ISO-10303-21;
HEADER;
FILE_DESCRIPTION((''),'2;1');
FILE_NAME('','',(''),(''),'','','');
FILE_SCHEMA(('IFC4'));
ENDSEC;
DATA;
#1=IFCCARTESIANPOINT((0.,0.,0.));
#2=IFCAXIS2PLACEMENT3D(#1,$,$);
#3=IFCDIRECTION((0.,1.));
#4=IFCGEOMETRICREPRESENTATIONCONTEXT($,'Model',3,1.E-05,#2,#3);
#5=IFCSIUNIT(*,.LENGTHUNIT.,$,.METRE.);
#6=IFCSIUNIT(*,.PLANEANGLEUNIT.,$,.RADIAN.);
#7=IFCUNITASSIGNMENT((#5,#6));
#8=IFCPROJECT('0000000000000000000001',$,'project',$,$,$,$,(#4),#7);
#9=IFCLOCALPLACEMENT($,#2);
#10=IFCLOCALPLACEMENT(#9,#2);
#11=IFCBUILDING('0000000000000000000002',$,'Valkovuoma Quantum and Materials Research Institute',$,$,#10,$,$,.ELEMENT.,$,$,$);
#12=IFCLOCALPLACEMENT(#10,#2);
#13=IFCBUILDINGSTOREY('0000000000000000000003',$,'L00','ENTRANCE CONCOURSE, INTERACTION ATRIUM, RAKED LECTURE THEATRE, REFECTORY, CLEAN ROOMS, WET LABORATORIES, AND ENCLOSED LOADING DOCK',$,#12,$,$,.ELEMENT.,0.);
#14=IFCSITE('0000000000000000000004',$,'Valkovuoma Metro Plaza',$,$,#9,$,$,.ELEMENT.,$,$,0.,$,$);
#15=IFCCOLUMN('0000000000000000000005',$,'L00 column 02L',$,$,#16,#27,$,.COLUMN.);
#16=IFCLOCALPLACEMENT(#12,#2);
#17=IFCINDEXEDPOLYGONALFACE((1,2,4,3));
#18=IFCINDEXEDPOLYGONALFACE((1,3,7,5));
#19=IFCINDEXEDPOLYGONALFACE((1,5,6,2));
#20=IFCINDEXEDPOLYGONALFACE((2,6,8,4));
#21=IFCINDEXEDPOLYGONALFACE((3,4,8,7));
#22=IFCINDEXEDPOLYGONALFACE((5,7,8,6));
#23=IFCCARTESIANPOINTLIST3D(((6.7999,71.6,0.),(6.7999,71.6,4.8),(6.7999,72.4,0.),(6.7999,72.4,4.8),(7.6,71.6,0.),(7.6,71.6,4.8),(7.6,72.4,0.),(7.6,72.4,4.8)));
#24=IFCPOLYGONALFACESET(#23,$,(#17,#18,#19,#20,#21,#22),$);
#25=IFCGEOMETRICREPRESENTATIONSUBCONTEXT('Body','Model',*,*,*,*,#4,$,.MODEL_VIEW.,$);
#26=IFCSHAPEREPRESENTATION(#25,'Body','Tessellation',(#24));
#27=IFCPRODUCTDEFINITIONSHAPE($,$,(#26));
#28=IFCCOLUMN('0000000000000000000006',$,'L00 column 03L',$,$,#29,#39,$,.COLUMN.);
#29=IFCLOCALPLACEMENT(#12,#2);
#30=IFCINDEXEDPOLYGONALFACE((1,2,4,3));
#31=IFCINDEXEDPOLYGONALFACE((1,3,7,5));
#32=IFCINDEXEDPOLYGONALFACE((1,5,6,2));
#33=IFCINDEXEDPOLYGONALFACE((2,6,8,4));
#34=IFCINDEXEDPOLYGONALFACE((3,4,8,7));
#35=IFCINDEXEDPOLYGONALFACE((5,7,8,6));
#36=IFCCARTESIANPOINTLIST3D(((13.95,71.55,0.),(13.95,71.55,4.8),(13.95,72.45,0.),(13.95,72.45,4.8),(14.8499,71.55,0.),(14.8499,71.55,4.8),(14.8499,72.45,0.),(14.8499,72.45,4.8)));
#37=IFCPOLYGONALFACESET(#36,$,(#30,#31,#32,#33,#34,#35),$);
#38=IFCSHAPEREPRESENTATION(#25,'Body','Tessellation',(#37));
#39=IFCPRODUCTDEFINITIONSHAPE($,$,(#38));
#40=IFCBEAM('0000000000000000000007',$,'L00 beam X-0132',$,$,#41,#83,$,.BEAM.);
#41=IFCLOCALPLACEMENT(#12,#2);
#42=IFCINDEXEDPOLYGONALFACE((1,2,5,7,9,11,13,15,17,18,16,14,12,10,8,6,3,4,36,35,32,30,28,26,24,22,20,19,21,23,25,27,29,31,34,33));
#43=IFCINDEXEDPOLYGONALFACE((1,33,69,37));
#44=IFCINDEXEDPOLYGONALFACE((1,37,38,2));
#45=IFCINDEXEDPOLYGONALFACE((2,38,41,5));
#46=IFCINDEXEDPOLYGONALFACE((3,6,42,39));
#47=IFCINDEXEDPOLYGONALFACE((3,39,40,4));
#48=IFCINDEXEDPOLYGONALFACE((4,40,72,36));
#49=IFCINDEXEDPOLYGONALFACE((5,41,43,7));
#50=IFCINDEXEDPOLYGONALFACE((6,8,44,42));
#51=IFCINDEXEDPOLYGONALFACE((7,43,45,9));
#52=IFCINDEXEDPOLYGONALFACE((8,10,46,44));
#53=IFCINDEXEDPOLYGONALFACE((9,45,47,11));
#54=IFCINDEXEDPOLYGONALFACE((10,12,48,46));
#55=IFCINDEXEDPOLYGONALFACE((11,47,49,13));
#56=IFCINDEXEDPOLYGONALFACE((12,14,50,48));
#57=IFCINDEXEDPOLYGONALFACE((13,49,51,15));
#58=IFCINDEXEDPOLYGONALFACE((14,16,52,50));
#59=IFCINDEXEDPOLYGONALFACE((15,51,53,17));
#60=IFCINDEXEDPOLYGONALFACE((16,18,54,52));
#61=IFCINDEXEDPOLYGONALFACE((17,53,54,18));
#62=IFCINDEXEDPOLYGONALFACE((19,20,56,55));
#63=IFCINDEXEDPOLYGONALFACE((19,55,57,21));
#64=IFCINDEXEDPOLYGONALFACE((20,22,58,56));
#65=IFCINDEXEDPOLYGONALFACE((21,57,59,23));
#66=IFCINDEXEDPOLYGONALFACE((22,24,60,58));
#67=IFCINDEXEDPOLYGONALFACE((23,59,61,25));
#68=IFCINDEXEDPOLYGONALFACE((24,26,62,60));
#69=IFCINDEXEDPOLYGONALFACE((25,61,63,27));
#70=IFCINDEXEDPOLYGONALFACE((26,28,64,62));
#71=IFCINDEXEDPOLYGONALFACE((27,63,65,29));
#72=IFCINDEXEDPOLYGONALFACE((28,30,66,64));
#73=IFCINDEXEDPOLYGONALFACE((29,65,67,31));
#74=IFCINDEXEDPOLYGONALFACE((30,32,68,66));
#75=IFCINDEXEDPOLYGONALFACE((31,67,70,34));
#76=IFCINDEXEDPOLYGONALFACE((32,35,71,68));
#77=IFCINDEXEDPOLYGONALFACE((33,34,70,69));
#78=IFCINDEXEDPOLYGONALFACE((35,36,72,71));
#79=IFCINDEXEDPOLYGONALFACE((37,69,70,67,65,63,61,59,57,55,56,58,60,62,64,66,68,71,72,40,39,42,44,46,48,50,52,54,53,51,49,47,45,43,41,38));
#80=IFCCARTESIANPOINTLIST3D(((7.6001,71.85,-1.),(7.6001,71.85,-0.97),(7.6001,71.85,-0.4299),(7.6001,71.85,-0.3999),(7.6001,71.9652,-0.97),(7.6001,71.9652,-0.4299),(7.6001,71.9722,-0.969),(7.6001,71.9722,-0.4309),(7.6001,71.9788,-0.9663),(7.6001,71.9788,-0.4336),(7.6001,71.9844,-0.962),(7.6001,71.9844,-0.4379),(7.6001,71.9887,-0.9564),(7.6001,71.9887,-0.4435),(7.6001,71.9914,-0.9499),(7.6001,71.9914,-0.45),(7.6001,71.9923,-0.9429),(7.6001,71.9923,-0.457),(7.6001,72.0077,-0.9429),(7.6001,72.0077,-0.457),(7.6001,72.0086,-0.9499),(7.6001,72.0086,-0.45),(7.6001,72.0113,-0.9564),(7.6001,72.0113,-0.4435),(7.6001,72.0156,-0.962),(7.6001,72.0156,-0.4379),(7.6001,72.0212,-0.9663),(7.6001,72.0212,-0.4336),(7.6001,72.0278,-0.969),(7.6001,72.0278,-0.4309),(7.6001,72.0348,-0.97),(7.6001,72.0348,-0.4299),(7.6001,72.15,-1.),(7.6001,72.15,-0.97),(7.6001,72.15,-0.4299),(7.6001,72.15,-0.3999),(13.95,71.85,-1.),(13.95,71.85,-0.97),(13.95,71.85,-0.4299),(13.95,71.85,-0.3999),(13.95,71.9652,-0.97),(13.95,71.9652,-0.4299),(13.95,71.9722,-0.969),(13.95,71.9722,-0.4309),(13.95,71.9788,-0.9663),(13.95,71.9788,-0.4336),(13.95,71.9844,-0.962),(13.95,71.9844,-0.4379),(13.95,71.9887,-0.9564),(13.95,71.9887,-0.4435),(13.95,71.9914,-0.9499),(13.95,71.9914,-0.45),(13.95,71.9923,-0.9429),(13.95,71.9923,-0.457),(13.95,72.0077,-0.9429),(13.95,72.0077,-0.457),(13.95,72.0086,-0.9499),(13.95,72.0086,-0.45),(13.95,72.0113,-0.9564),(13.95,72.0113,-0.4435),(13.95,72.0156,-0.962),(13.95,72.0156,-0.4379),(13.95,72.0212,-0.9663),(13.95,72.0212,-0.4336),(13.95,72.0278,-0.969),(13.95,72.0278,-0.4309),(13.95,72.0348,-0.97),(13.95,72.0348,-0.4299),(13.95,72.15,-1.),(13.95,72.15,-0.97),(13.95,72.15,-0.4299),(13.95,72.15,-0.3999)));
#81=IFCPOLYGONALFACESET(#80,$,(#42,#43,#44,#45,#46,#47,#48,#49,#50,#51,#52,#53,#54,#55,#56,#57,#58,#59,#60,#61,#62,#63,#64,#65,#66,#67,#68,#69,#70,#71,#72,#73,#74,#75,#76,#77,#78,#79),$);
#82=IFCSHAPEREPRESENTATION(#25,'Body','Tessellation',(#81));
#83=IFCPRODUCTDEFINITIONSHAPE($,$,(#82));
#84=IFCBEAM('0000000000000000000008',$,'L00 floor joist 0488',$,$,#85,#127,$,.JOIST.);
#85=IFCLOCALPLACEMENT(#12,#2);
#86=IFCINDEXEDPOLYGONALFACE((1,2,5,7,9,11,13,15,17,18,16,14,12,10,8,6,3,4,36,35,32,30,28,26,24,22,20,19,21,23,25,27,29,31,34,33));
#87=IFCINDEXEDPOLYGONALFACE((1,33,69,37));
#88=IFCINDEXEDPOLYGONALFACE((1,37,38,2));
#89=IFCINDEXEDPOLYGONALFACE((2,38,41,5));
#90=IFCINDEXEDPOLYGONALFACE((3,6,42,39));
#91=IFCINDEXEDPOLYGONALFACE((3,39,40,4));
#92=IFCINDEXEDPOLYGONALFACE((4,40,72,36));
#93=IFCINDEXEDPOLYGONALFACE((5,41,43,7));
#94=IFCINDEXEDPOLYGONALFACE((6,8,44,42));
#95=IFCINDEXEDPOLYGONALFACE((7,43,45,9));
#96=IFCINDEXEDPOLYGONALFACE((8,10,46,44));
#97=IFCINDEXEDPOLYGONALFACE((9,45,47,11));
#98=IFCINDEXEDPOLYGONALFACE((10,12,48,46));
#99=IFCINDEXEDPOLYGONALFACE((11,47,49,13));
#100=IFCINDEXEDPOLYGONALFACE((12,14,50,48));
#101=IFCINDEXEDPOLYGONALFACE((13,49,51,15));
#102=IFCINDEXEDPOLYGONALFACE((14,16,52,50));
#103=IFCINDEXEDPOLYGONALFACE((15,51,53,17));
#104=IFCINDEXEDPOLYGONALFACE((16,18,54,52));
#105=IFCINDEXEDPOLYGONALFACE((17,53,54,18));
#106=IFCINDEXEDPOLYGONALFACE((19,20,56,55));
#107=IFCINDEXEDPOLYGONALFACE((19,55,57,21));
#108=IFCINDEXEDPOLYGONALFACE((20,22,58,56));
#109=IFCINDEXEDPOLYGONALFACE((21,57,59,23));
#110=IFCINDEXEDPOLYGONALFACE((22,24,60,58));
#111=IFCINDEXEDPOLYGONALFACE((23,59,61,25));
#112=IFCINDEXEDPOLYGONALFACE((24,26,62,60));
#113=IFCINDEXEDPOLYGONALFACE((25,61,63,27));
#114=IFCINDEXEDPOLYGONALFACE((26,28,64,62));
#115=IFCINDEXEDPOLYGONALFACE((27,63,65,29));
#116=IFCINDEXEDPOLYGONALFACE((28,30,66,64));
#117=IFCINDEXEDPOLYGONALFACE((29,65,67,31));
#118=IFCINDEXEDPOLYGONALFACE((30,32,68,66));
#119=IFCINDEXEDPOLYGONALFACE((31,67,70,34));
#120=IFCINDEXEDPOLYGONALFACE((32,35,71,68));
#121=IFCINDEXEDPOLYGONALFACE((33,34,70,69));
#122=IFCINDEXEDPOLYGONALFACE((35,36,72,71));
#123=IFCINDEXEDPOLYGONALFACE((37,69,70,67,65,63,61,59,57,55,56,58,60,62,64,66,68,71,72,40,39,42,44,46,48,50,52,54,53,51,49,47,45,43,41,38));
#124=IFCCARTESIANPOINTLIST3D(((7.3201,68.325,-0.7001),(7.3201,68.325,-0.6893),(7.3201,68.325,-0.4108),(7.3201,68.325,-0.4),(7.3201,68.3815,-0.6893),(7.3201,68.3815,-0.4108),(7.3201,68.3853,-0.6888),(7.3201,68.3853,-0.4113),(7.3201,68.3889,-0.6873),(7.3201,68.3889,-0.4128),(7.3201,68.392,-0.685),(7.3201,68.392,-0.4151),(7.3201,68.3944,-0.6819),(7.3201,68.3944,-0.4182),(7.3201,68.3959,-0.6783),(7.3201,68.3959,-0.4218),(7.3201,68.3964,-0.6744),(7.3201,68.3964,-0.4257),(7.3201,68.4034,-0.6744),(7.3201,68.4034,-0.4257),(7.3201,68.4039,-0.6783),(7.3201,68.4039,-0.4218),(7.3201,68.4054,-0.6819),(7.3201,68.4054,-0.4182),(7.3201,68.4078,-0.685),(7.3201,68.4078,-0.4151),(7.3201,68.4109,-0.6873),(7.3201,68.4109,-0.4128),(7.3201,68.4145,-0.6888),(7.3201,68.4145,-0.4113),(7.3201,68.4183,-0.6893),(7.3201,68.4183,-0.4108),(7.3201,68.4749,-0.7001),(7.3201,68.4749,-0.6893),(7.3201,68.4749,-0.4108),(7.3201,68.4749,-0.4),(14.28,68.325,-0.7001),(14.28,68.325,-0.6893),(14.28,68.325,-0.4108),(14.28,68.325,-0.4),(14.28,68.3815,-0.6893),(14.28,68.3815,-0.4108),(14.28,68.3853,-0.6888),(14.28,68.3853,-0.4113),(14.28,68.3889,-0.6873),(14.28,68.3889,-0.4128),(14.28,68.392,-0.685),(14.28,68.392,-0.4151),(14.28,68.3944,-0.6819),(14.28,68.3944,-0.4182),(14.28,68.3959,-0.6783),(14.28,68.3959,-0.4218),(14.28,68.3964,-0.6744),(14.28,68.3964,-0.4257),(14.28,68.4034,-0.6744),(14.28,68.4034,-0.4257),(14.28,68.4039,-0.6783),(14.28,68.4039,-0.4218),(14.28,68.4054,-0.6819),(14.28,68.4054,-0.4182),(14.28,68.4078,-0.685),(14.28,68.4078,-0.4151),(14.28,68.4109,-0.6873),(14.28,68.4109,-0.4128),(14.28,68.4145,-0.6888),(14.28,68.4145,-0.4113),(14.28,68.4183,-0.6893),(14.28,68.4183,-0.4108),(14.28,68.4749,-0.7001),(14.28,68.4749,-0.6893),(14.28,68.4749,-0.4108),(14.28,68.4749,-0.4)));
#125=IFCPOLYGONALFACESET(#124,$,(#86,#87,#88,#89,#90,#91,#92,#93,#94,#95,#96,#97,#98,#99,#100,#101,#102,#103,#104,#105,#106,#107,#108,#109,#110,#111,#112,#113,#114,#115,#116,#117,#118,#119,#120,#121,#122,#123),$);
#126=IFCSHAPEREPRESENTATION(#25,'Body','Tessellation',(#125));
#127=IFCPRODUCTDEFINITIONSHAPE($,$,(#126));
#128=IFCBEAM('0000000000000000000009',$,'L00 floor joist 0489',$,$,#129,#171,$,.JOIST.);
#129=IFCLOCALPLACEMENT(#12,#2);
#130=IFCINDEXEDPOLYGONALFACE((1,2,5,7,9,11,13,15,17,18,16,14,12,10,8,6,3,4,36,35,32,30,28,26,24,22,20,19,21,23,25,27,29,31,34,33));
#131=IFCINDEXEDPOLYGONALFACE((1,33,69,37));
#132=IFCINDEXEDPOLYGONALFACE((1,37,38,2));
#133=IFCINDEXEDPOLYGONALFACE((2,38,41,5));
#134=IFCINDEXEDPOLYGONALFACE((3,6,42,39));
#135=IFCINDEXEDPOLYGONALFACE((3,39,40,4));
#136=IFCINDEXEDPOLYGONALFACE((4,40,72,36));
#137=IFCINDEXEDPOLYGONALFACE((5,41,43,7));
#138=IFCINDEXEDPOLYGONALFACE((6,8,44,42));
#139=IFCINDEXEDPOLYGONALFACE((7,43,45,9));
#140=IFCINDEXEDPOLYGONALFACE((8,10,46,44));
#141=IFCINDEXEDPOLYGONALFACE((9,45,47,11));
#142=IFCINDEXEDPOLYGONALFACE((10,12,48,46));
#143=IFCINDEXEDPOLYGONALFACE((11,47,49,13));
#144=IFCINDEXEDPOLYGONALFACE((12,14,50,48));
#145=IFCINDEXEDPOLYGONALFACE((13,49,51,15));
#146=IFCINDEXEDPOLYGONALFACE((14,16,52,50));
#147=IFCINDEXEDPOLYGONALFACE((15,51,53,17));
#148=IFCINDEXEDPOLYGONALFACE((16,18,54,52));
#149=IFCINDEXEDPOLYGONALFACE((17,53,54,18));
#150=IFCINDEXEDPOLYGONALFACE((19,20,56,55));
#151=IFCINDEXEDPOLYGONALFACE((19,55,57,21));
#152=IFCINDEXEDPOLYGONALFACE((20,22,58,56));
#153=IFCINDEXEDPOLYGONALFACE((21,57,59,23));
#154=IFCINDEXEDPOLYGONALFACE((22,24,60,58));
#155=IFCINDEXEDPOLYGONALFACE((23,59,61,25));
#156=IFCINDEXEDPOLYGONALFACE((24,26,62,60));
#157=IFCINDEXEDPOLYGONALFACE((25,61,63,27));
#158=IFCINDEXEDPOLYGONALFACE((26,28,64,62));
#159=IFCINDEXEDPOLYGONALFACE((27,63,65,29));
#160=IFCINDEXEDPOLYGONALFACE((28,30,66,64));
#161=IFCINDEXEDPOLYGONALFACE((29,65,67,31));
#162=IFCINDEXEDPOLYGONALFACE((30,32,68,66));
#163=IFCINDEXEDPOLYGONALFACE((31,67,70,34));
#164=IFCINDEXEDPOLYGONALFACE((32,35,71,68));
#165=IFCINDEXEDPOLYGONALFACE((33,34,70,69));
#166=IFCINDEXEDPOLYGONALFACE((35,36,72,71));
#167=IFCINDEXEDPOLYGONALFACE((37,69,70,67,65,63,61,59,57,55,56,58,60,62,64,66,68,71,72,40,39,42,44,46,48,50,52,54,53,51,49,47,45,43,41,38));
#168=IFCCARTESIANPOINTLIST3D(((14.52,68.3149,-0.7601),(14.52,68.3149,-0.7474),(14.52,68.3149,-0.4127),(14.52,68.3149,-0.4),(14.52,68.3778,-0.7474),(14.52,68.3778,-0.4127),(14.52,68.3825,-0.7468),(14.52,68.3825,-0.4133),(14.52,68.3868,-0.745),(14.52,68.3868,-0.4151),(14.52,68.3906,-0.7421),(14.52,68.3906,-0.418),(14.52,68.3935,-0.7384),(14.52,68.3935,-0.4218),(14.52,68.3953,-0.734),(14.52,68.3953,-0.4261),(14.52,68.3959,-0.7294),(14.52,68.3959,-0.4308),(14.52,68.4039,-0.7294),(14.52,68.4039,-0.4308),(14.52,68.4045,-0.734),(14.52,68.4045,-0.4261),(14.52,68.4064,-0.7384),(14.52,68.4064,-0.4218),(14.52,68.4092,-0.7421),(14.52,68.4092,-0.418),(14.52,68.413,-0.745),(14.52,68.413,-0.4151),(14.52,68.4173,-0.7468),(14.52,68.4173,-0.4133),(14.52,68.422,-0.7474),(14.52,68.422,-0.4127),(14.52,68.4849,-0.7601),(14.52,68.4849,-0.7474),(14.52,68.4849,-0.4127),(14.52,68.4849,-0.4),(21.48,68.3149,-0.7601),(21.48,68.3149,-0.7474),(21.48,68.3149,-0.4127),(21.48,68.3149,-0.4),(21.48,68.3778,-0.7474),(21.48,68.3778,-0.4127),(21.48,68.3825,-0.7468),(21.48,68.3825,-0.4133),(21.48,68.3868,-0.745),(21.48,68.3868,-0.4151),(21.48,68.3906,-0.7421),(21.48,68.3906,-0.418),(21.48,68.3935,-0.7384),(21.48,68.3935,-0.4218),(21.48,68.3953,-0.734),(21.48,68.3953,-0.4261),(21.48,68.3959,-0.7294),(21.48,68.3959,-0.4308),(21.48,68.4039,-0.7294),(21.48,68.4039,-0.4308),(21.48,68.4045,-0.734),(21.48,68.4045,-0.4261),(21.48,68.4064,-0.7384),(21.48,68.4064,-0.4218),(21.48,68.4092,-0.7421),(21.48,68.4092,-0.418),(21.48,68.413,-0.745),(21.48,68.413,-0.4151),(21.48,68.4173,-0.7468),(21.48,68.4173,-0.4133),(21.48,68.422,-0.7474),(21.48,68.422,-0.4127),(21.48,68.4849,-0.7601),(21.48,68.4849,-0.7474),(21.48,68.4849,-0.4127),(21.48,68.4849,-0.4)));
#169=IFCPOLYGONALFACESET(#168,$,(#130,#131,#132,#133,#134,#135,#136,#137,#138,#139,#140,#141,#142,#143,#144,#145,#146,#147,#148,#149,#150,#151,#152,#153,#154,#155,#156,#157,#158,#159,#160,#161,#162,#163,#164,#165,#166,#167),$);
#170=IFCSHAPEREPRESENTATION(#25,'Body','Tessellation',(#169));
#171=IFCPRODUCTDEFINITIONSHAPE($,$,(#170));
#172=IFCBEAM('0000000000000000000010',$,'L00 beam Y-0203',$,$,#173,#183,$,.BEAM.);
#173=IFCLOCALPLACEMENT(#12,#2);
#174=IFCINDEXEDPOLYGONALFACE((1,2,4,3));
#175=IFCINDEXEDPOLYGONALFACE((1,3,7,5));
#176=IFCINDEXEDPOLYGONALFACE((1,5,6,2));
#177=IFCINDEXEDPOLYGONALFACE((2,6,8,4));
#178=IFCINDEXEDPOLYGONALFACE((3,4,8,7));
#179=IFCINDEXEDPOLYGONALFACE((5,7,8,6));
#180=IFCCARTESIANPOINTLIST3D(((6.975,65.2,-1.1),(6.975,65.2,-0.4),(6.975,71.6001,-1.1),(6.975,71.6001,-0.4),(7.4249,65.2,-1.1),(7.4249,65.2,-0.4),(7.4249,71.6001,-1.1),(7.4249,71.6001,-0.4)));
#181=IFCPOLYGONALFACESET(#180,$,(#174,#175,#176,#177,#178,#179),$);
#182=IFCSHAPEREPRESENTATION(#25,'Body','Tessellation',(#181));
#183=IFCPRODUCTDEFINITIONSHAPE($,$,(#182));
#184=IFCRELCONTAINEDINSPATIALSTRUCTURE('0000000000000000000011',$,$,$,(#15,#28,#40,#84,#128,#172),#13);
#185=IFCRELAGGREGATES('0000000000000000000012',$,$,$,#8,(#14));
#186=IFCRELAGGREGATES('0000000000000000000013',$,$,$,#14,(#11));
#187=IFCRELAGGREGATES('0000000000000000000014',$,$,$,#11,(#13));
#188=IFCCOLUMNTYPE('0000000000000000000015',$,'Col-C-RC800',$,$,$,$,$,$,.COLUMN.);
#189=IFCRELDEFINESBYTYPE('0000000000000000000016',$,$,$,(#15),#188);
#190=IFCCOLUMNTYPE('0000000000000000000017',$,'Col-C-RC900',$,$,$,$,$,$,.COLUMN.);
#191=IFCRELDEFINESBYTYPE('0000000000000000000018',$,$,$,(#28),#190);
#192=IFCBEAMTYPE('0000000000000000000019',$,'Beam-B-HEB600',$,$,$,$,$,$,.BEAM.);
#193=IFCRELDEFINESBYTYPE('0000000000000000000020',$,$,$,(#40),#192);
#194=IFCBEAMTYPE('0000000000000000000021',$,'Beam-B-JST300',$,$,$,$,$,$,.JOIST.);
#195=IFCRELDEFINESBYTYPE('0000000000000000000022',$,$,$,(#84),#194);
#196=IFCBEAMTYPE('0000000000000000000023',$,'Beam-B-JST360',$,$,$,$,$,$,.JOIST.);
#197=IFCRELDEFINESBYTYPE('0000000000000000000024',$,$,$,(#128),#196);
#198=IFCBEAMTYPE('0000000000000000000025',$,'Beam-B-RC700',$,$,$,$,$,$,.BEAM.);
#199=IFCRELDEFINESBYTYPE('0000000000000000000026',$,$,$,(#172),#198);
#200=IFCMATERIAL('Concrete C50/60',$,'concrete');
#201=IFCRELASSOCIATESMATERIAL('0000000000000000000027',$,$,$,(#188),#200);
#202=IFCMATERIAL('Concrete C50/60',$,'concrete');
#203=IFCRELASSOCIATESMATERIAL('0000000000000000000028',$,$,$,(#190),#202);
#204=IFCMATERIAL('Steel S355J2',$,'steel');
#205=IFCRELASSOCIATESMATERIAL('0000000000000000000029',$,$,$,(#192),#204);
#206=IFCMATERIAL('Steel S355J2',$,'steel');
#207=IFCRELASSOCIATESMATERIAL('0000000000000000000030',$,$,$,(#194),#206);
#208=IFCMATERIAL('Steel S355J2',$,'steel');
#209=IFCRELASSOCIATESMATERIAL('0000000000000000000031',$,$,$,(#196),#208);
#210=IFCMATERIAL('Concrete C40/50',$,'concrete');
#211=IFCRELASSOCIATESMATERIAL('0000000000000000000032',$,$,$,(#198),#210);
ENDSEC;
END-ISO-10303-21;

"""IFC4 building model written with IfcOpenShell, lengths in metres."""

from ifc_helpers import new_model, si_unit, direction, frame, origin, origin_2d, place, context, subcontext, project, spatial, rectangle, i_section, extrude, material, material_profile, profile_set, type_object, element, save


model = new_model("IFC4")

# Units and contexts
model_context = context("Model", 3, precision=1e-05, world=origin(), true_north=direction((0.0, 1.0)))
body_context = subcontext(model_context, "Body", "Model", "MODEL_VIEW")
ifc_project = project(units=[si_unit("LENGTHUNIT", "METRE"), si_unit("PLANEANGLEUNIT", "RADIAN")], contexts=[model_context])

# Site, building, storey
site_placement = place(None, origin())
site = spatial("IfcSite", under=ifc_project, at=site_placement, Name="Valkovuoma Metro Plaza", CompositionType="ELEMENT", RefElevation=0.0)
building_placement = place(site_placement, origin())
building = spatial("IfcBuilding", under=site, at=building_placement, Name="Valkovuoma Quantum and Materials Research Institute", CompositionType="ELEMENT")
storey_placement = place(building_placement, origin())
storey = spatial("IfcBuildingStorey", under=building, at=storey_placement, Name="L00", Description="ENTRANCE CONCOURSE, INTERACTION ATRIUM, RAKED LECTURE THEATRE, REFECTORY, CLEAN ROOMS, WET LABORATORIES, AND ENCLOSED LOADING DOCK", CompositionType="ELEMENT", Elevation=0.0)

# Columns
ifc_material_1 = material(Name="Concrete C50/60", Category="concrete")
ifc_material_profile_1 = material_profile(ifc_material_1, rectangle(XDim=0.8, YDim=0.8, at=origin_2d()), Name="Concrete C50/60")
ifc_profile_set_1 = profile_set([ifc_material_profile_1], Name="Concrete C50/60")
column_type_1 = type_object("IfcColumnType", Name="Col-C-RC800", PredefinedType="COLUMN", material=ifc_profile_set_1)
column_1_placement = place(storey_placement, frame((7.2, 72.0, 0.0), z_axis=(0.0, 0.0, 1.0), x_axis=(1.0, 0.0, 0.0)))
element("IfcColumn", 1, at=column_1_placement, inside=storey, type_object=column_type_1, Name="L00 column 02L", PredefinedType="COLUMN", context=body_context, shape_type="SweptSolid", body=[
    extrude(rectangle(XDim=0.8, YDim=0.8, at=origin_2d()), origin(), (0.0, 0.0, 1.0), 4.8),
])
ifc_material_2 = material(Name="Concrete C50/60", Category="concrete")
ifc_material_profile_2 = material_profile(ifc_material_2, rectangle(XDim=0.8999, YDim=0.8999, at=origin_2d()), Name="Concrete C50/60")
ifc_profile_set_2 = profile_set([ifc_material_profile_2], Name="Concrete C50/60")
column_type_2 = type_object("IfcColumnType", Name="Col-C-RC900", PredefinedType="COLUMN", material=ifc_profile_set_2)
column_2_placement = place(storey_placement, frame((14.3999, 72.0, 0.0), z_axis=(0.0, 0.0, 1.0), x_axis=(1.0, 0.0, 0.0)))
element("IfcColumn", 2, at=column_2_placement, inside=storey, type_object=column_type_2, Name="L00 column 03L", PredefinedType="COLUMN", context=body_context, shape_type="SweptSolid", body=[
    extrude(rectangle(XDim=0.8999, YDim=0.8999, at=origin_2d()), origin(), (0.0, 0.0, 1.0), 4.8),
])

# Beams
ifc_material_3 = material(Name="Steel S355J2", Category="steel")
ifc_material_profile_3 = material_profile(ifc_material_3, i_section(OverallWidth=0.3, OverallDepth=0.6001, WebThickness=0.0154, FlangeThickness=0.03, FilletRadius=0.0271, at=origin_2d()), Name="Steel S355J2")
ifc_profile_set_3 = profile_set([ifc_material_profile_3], Name="Steel S355J2")
beam_type_1 = type_object("IfcBeamType", Name="Beam-B-HEB600", PredefinedType="BEAM", material=ifc_profile_set_3)
beam_1_placement = place(storey_placement, frame((7.6001, 72.0, -0.7), z_axis=(1.0, 0.0, 0.0), x_axis=(0.0, 1.0, 0.0)))
element("IfcBeam", 3, at=beam_1_placement, inside=storey, type_object=beam_type_1, Name="L00 beam X-0132", PredefinedType="BEAM", context=body_context, shape_type="SweptSolid", body=[
    extrude(i_section(OverallWidth=0.3, OverallDepth=0.6001, WebThickness=0.0154, FlangeThickness=0.03, FilletRadius=0.0271, at=origin_2d()), origin(), (0.0, 0.0, 1.0), 6.3499),
])
ifc_material_4 = material(Name="Steel S355J2", Category="steel")
ifc_material_profile_4 = material_profile(ifc_material_4, i_section(OverallWidth=0.1499, OverallDepth=0.3, WebThickness=0.0071, FlangeThickness=0.0107, FilletRadius=0.0149, at=origin_2d()), Name="Steel S355J2")
ifc_profile_set_4 = profile_set([ifc_material_profile_4], Name="Steel S355J2")
beam_type_2 = type_object("IfcBeamType", Name="Beam-B-JST300", PredefinedType="JOIST", material=ifc_profile_set_4)
beam_2_placement = place(storey_placement, frame((7.3201, 68.3999, -0.55), z_axis=(1.0, 0.0, 0.0), x_axis=(0.0, 1.0, 0.0)))
element("IfcBeam", 4, at=beam_2_placement, inside=storey, type_object=beam_type_2, Name="L00 floor joist 0488", PredefinedType="JOIST", context=body_context, shape_type="SweptSolid", body=[
    extrude(i_section(OverallWidth=0.1499, OverallDepth=0.3, WebThickness=0.0071, FlangeThickness=0.0107, FilletRadius=0.0149, at=origin_2d()), origin(), (0.0, 0.0, 1.0), 6.96),
])
ifc_material_5 = material(Name="Steel S355J2", Category="steel")
ifc_material_profile_5 = material_profile(ifc_material_5, i_section(OverallWidth=0.1699, OverallDepth=0.3601, WebThickness=0.0081, FlangeThickness=0.0127, FilletRadius=0.0181, at=origin_2d()), Name="Steel S355J2")
ifc_profile_set_5 = profile_set([ifc_material_profile_5], Name="Steel S355J2")
beam_type_3 = type_object("IfcBeamType", Name="Beam-B-JST360", PredefinedType="JOIST", material=ifc_profile_set_5)
beam_3_placement = place(storey_placement, frame((14.52, 68.3999, -0.5801), z_axis=(1.0, 0.0, 0.0), x_axis=(0.0, 1.0, 0.0)))
element("IfcBeam", 5, at=beam_3_placement, inside=storey, type_object=beam_type_3, Name="L00 floor joist 0489", PredefinedType="JOIST", context=body_context, shape_type="SweptSolid", body=[
    extrude(i_section(OverallWidth=0.1699, OverallDepth=0.3601, WebThickness=0.0081, FlangeThickness=0.0127, FilletRadius=0.0181, at=origin_2d()), origin(), (0.0, 0.0, 1.0), 6.96),
])
ifc_material_6 = material(Name="Concrete C40/50", Category="concrete")
ifc_material_profile_6 = material_profile(ifc_material_6, rectangle(XDim=0.45, YDim=0.7, at=origin_2d()), Name="Concrete C40/50")
ifc_profile_set_6 = profile_set([ifc_material_profile_6], Name="Concrete C40/50")
beam_type_4 = type_object("IfcBeamType", Name="Beam-B-RC700", PredefinedType="BEAM", material=ifc_profile_set_6)
beam_4_placement = place(storey_placement, frame((7.2, 65.2, -0.75), z_axis=(0.0, 1.0, 0.0), x_axis=(-1.0, 0.0, 0.0)))
element("IfcBeam", 6, at=beam_4_placement, inside=storey, type_object=beam_type_4, Name="L00 beam Y-0203", PredefinedType="BEAM", context=body_context, shape_type="SweptSolid", body=[
    extrude(rectangle(XDim=0.45, YDim=0.7, at=origin_2d()), origin(), (0.0, 0.0, 1.0), 6.4001),
])

save(model, "model.ifc")
